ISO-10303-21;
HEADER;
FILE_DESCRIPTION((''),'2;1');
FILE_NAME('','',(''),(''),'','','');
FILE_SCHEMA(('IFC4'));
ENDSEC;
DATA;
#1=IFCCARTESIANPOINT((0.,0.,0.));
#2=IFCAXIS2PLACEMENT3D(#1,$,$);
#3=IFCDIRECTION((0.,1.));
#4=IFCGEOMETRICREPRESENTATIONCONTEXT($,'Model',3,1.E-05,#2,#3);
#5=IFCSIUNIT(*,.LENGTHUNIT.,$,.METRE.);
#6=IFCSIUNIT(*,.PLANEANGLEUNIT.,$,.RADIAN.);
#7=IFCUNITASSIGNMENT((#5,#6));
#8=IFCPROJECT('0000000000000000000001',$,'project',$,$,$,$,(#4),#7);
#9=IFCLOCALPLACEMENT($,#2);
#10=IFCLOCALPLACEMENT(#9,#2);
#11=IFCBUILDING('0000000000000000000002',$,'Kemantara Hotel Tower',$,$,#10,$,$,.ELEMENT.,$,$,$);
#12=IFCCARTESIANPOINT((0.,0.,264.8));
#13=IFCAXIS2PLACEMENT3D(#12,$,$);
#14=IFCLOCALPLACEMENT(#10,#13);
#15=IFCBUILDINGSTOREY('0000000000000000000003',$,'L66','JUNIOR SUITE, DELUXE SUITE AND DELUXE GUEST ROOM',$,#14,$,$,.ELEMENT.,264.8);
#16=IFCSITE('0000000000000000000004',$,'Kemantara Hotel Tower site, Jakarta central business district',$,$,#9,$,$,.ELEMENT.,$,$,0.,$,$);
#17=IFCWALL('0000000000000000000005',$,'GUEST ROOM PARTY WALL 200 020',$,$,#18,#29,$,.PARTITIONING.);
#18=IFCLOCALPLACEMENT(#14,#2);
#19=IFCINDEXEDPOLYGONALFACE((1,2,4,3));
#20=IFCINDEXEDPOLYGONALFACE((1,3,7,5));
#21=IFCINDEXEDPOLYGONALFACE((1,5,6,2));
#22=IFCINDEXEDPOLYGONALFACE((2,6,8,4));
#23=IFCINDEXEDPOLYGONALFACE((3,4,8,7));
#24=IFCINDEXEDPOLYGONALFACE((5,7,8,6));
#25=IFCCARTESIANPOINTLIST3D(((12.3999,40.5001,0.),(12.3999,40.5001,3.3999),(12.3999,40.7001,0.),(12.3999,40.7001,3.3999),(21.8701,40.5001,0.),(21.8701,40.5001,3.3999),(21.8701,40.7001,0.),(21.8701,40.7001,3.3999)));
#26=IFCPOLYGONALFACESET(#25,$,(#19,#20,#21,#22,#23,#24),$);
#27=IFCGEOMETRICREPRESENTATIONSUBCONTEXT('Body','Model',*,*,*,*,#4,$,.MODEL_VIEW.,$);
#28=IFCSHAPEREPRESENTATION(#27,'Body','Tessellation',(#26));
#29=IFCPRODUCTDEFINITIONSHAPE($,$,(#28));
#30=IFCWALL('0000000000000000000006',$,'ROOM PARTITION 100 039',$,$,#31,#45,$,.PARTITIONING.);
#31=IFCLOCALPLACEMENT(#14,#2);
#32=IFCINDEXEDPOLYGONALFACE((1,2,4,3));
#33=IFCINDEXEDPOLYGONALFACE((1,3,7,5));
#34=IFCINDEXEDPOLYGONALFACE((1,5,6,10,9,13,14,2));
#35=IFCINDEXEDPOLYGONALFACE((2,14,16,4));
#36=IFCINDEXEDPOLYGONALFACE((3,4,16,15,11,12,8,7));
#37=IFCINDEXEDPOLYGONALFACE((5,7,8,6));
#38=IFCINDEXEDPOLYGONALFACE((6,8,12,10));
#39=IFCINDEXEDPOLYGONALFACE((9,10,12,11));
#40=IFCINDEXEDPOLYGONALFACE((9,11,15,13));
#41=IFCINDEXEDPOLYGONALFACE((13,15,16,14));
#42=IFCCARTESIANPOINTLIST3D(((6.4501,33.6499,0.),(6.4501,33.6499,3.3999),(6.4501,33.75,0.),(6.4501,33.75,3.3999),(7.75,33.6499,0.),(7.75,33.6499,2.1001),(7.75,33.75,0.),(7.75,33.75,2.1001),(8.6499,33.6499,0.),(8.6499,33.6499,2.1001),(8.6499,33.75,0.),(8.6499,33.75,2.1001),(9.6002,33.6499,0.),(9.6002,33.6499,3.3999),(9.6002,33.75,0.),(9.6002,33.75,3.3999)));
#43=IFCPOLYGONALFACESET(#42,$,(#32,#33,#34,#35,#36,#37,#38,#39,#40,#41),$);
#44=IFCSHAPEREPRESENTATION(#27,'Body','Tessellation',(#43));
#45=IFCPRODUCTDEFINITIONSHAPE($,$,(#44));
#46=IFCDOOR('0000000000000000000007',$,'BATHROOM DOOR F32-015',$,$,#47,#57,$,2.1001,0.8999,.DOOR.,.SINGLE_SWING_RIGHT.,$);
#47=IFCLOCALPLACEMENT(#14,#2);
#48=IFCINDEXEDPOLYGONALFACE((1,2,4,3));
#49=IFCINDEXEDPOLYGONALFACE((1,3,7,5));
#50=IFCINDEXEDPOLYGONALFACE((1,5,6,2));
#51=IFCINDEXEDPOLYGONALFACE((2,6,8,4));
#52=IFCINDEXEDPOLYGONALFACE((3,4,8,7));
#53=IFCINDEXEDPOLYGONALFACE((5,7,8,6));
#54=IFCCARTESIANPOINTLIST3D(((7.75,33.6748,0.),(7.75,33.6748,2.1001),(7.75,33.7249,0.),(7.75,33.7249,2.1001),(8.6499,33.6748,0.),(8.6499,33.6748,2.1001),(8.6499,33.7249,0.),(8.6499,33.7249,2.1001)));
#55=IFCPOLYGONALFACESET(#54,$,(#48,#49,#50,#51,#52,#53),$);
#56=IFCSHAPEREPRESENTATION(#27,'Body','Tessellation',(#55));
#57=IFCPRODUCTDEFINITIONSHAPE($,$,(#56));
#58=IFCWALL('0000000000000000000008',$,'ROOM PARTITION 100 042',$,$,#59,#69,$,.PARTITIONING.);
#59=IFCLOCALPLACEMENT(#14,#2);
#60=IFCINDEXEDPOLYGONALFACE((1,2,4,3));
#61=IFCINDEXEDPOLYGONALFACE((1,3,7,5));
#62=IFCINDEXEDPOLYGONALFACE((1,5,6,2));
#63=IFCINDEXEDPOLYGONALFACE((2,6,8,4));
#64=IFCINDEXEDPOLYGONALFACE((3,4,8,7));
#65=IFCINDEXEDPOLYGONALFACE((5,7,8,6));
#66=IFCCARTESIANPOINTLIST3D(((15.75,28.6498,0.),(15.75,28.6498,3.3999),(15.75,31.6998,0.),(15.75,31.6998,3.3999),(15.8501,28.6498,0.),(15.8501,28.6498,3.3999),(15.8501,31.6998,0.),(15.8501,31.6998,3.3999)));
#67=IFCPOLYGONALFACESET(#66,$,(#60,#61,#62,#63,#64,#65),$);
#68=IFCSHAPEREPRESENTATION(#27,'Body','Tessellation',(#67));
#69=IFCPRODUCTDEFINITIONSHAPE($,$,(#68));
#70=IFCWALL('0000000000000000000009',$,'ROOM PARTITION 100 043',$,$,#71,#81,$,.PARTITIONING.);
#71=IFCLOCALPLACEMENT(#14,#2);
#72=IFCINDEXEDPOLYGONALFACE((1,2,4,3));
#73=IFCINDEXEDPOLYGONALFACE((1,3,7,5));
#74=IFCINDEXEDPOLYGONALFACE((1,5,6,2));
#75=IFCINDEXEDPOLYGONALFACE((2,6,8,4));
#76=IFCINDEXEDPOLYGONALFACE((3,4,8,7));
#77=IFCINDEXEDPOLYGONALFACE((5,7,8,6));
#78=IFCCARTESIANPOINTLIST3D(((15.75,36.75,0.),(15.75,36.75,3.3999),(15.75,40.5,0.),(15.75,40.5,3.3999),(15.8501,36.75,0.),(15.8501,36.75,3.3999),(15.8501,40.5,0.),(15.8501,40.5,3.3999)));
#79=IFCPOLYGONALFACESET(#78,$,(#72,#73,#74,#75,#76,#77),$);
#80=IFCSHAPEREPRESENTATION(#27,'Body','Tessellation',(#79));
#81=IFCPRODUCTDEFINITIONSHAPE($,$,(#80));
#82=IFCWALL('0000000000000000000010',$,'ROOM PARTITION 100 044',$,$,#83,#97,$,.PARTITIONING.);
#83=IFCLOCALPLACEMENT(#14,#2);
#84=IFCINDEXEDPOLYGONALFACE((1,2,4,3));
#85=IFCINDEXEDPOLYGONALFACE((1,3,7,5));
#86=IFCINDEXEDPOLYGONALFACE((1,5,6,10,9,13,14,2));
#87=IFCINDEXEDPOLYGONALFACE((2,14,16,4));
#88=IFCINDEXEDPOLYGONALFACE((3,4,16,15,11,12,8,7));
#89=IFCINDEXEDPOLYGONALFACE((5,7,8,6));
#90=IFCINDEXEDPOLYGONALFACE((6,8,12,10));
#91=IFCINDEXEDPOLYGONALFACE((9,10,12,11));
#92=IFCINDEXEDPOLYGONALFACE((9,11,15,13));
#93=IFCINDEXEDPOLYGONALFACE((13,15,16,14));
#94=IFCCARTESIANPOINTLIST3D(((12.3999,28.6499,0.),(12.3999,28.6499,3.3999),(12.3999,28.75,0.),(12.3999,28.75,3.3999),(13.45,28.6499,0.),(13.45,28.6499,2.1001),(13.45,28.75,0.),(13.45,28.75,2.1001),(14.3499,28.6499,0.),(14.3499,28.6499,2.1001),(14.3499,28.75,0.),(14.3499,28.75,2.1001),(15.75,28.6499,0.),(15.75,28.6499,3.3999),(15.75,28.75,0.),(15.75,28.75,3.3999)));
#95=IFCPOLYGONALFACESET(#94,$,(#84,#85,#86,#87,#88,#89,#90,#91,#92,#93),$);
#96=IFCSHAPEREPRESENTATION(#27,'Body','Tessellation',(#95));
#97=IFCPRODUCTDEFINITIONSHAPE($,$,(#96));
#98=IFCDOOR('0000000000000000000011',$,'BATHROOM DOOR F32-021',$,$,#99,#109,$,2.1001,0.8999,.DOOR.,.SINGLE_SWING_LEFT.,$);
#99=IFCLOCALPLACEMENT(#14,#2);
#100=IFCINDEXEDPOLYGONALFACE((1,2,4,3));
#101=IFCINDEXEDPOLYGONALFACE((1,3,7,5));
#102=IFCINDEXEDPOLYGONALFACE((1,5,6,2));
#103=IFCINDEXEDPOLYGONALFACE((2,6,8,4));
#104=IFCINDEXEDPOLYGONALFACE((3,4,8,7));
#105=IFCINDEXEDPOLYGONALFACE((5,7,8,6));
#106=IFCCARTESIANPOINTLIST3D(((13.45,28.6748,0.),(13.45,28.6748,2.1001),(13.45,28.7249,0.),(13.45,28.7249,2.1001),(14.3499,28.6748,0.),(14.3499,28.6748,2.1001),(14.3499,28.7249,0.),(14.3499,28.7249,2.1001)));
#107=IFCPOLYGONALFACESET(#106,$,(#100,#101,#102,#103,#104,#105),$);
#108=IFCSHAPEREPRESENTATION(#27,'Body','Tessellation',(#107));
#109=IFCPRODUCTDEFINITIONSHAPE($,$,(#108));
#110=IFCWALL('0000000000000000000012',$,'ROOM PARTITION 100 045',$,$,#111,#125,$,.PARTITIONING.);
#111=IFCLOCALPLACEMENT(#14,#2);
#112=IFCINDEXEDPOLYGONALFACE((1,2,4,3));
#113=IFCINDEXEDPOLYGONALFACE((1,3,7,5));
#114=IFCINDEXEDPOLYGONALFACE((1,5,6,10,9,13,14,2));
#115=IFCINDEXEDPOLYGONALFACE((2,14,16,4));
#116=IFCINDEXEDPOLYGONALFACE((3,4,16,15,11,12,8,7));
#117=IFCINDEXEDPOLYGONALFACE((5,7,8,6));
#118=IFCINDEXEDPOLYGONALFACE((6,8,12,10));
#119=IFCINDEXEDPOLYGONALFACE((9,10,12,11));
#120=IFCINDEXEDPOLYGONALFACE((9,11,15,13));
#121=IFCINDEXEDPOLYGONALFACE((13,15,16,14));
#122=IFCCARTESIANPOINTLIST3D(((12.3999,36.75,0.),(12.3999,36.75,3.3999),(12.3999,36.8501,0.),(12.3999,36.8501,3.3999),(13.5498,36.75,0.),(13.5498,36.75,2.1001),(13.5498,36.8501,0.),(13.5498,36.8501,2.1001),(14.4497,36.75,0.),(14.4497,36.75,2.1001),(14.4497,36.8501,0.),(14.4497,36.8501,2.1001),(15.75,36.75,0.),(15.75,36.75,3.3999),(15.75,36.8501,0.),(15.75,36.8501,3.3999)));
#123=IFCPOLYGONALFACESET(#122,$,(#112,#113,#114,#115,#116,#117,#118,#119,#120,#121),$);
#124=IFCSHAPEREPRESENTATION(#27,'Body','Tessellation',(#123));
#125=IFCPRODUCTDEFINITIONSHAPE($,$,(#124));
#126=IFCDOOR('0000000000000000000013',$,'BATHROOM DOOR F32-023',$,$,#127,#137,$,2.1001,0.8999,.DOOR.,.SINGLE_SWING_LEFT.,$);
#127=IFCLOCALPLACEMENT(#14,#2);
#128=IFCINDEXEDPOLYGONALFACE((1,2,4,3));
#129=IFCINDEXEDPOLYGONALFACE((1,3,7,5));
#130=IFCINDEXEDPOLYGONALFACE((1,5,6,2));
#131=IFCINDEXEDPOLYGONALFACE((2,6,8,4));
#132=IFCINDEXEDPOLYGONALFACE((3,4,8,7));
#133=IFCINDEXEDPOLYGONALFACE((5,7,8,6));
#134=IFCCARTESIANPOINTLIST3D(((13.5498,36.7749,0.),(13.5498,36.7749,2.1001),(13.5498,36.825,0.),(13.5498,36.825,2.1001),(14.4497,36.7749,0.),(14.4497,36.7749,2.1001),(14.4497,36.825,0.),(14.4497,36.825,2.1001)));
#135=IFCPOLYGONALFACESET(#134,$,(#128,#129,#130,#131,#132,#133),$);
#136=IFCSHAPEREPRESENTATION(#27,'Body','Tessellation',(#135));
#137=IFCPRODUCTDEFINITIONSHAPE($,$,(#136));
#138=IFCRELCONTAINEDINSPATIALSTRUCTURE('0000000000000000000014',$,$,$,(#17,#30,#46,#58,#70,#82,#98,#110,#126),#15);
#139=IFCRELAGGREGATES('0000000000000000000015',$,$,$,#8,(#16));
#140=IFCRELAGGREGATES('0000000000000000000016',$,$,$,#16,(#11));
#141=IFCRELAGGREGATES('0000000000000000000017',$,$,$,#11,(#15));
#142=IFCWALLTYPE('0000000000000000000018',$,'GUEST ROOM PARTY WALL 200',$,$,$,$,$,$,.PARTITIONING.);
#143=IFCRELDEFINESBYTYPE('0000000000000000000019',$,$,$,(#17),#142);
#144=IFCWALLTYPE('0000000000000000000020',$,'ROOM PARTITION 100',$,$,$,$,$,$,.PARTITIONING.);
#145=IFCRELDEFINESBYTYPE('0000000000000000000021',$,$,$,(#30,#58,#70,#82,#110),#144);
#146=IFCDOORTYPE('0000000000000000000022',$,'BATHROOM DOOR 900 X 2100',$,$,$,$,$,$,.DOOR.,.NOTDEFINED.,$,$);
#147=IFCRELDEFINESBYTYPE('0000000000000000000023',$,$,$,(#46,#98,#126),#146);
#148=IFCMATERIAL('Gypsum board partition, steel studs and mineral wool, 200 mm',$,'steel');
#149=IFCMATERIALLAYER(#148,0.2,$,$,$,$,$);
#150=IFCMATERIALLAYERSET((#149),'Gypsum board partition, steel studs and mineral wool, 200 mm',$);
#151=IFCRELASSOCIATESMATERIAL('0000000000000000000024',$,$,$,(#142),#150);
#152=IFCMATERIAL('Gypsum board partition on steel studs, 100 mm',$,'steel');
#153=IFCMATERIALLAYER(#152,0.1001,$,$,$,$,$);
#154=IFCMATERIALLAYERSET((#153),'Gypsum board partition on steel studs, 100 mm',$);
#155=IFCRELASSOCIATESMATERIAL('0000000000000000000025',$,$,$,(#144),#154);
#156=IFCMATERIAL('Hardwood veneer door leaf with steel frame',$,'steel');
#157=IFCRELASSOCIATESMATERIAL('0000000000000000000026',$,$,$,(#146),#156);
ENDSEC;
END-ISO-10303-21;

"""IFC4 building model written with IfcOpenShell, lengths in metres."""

from ifc_helpers import new_model, si_unit, direction, frame, frame_2d, origin, place, context, subcontext, project, spatial, rectangle, extrude, material, layer, layer_set, type_object, element, fill, save


model = new_model("IFC4")

# Units and contexts
model_context = context("Model", 3, precision=1e-05, world=origin(), true_north=direction((0.0, 1.0)))
body_context = subcontext(model_context, "Body", "Model", "MODEL_VIEW")
ifc_project = project(units=[si_unit("LENGTHUNIT", "METRE"), si_unit("PLANEANGLEUNIT", "RADIAN")], contexts=[model_context])

# Site, building, storey
site_placement = place(None, origin())
site = spatial("IfcSite", under=ifc_project, at=site_placement, Name="Kemantara Hotel Tower site, Jakarta central business district", CompositionType="ELEMENT", RefElevation=0.0)
building_placement = place(site_placement, origin())
building = spatial("IfcBuilding", under=site, at=building_placement, Name="Kemantara Hotel Tower", CompositionType="ELEMENT")
storey_placement = place(building_placement, frame((0.0, 0.0, 264.8)))
storey = spatial("IfcBuildingStorey", under=building, at=storey_placement, Name="L66", Description="JUNIOR SUITE, DELUXE SUITE AND DELUXE GUEST ROOM", CompositionType="ELEMENT", Elevation=264.8)

# Shared definitions
ifc_material_1 = material(Name="Gypsum board partition, steel studs and mineral wool, 200 mm", Category="steel")
ifc_material_2 = material(Name="Hardwood veneer door leaf with steel frame", Category="steel")

# Wall
ifc_layer_1 = layer(ifc_material_1, 0.2)
ifc_layer_set_1 = layer_set([ifc_layer_1], Name="Gypsum board partition, steel studs and mineral wool, 200 mm")
wall_type_1 = type_object("IfcWallType", Name="GUEST ROOM PARTY WALL 200", PredefinedType="PARTITIONING", material=ifc_layer_set_1)
for number, where, z_axis, x_axis, name in (
    (1, (12.3999, 40.6001, 0.0), (0.0, 0.0, 1.0), (1.0, 0.0, 0.0), "GUEST ROOM PARTY WALL 200 020"),
):
    element("IfcWall", number, at=place(storey_placement, frame(where, z_axis=z_axis, x_axis=x_axis)), inside=storey, type_object=wall_type_1, Name=name, PredefinedType="PARTITIONING", context=body_context, shape_type="SweptSolid", body=[
        extrude(rectangle(XDim=9.4702, YDim=0.2, at=frame_2d((4.7351, 0.0))), origin(), (0.0, 0.0, 1.0), 3.3999),
    ])

# Wall, opening, door
ifc_material_3 = material(Name="Gypsum board partition on steel studs, 100 mm", Category="steel")
ifc_layer_2 = layer(ifc_material_3, 0.1001)
ifc_layer_set_2 = layer_set([ifc_layer_2], Name="Gypsum board partition on steel studs, 100 mm")
wall_type_2 = type_object("IfcWallType", Name="ROOM PARTITION 100", PredefinedType="PARTITIONING", material=ifc_layer_set_2)
wall_1_placement = place(storey_placement, frame((6.45, 33.7, 0.0), z_axis=(0.0, 0.0, 1.0), x_axis=(1.0, 0.0, 0.0)))
wall_1 = element("IfcWall", 2, at=wall_1_placement, inside=storey, type_object=wall_type_2, Name="ROOM PARTITION 100 039", PredefinedType="PARTITIONING", context=body_context, shape_type="SweptSolid", body=[
    extrude(rectangle(XDim=3.1501, YDim=0.1001, at=frame_2d((1.5752, 0.0))), origin(), (0.0, 0.0, 1.0), 3.3999),
])
opening_1_placement = place(wall_1_placement, frame((1.3, 0.0, 0.0)))
opening_1 = element("IfcOpeningElement", 3, at=opening_1_placement, cuts=wall_1, PredefinedType="OPENING", context=body_context, shape_type="SweptSolid", body=[
    extrude(rectangle(XDim=0.8999, YDim=2.1001, at=frame_2d((0.45, 1.05))), frame((0.0, 0.0601, 0.0), z_axis=(0.0, -1.0, 0.0), x_axis=(1.0, 0.0, 0.0)), (0.0, 0.0, 1.0), 0.1201),
])
door_type_1 = type_object("IfcDoorType", Name="BATHROOM DOOR 900 X 2100", OperationType="NOTDEFINED", PredefinedType="DOOR", material=ifc_material_2)
door_1_placement = place(opening_1_placement, origin())
door_1 = element("IfcDoor", 4, at=door_1_placement, inside=storey, type_object=door_type_1, Name="BATHROOM DOOR F32-015", OperationType="SINGLE_SWING_RIGHT", OverallHeight=2.1001, OverallWidth=0.8999, PredefinedType="DOOR", context=body_context, shape_type="SweptSolid", body=[
    extrude(rectangle(XDim=0.8999, YDim=2.1001, at=frame_2d((0.45, 1.05))), frame((0.0, 0.0249, 0.0), z_axis=(0.0, -1.0, 0.0), x_axis=(1.0, 0.0, 0.0)), (0.0, 0.0, 1.0), 0.05),
])
fill(opening_1, door_1)

# Walls
wall_2_placement = place(storey_placement, frame((15.8, 28.6499, 0.0), z_axis=(0.0, 0.0, 1.0), x_axis=(0.0, 1.0, 0.0)))
element("IfcWall", 5, at=wall_2_placement, inside=storey, type_object=wall_type_2, Name="ROOM PARTITION 100 042", PredefinedType="PARTITIONING", context=body_context, shape_type="SweptSolid", body=[
    extrude(rectangle(XDim=3.05, YDim=0.1001, at=frame_2d((1.5249, 0.0))), origin(), (0.0, 0.0, 1.0), 3.3999),
])
wall_3_placement = place(storey_placement, frame((15.8, 36.75, 0.0), z_axis=(0.0, 0.0, 1.0), x_axis=(0.0, 1.0, 0.0)))
element("IfcWall", 6, at=wall_3_placement, inside=storey, type_object=wall_type_2, Name="ROOM PARTITION 100 043", PredefinedType="PARTITIONING", context=body_context, shape_type="SweptSolid", body=[
    extrude(rectangle(XDim=3.75, YDim=0.1001, at=frame_2d((1.875, 0.0))), origin(), (0.0, 0.0, 1.0), 3.3999),
])

# Walls, openings, doors
wall_4_placement = place(storey_placement, frame((12.3999, 28.7, 0.0), z_axis=(0.0, 0.0, 1.0), x_axis=(1.0, 0.0, 0.0)))
wall_4 = element("IfcWall", 7, at=wall_4_placement, inside=storey, type_object=wall_type_2, Name="ROOM PARTITION 100 044", PredefinedType="PARTITIONING", context=body_context, shape_type="SweptSolid", body=[
    extrude(rectangle(XDim=3.3501, YDim=0.1001, at=frame_2d((1.675, 0.0))), origin(), (0.0, 0.0, 1.0), 3.3999),
])
opening_2_placement = place(wall_4_placement, frame((1.05, 0.0, 0.0)))
opening_2 = element("IfcOpeningElement", 8, at=opening_2_placement, cuts=wall_4, PredefinedType="OPENING", context=body_context, shape_type="SweptSolid", body=[
    extrude(rectangle(XDim=0.8999, YDim=2.1001, at=frame_2d((0.45, 1.05))), frame((0.0, 0.0601, 0.0), z_axis=(0.0, -1.0, 0.0), x_axis=(1.0, 0.0, 0.0)), (0.0, 0.0, 1.0), 0.1201),
])
door_2_placement = place(opening_2_placement, origin())
door_2 = element("IfcDoor", 9, at=door_2_placement, inside=storey, type_object=door_type_1, Name="BATHROOM DOOR F32-021", OperationType="SINGLE_SWING_LEFT", OverallHeight=2.1001, OverallWidth=0.8999, PredefinedType="DOOR", context=body_context, shape_type="SweptSolid", body=[
    extrude(rectangle(XDim=0.8999, YDim=2.1001, at=frame_2d((0.45, 1.05))), frame((0.0, 0.0249, 0.0), z_axis=(0.0, -1.0, 0.0), x_axis=(1.0, 0.0, 0.0)), (0.0, 0.0, 1.0), 0.05),
])
fill(opening_2, door_2)
wall_5_placement = place(storey_placement, frame((12.3999, 36.8, 0.0), z_axis=(0.0, 0.0, 1.0), x_axis=(1.0, 0.0, 0.0)))
wall_5 = element("IfcWall", 10, at=wall_5_placement, inside=storey, type_object=wall_type_2, Name="ROOM PARTITION 100 045", PredefinedType="PARTITIONING", context=body_context, shape_type="SweptSolid", body=[
    extrude(rectangle(XDim=3.3501, YDim=0.1001, at=frame_2d((1.675, 0.0))), origin(), (0.0, 0.0, 1.0), 3.3999),
])
opening_3_placement = place(wall_5_placement, frame((1.1499, 0.0, 0.0)))
opening_3 = element("IfcOpeningElement", 11, at=opening_3_placement, cuts=wall_5, PredefinedType="OPENING", context=body_context, shape_type="SweptSolid", body=[
    extrude(rectangle(XDim=0.8999, YDim=2.1001, at=frame_2d((0.45, 1.05))), frame((0.0, 0.0601, 0.0), z_axis=(0.0, -1.0, 0.0), x_axis=(1.0, 0.0, 0.0)), (0.0, 0.0, 1.0), 0.1201),
])
door_3_placement = place(opening_3_placement, origin())
door_3 = element("IfcDoor", 12, at=door_3_placement, inside=storey, type_object=door_type_1, Name="BATHROOM DOOR F32-023", OperationType="SINGLE_SWING_LEFT", OverallHeight=2.1001, OverallWidth=0.8999, PredefinedType="DOOR", context=body_context, shape_type="SweptSolid", body=[
    extrude(rectangle(XDim=0.8999, YDim=2.1001, at=frame_2d((0.45, 1.05))), frame((0.0, 0.0249, 0.0), z_axis=(0.0, -1.0, 0.0), x_axis=(1.0, 0.0, 0.0)), (0.0, 0.0, 1.0), 0.05),
])
fill(opening_3, door_3)

save(model, "model.ifc")
